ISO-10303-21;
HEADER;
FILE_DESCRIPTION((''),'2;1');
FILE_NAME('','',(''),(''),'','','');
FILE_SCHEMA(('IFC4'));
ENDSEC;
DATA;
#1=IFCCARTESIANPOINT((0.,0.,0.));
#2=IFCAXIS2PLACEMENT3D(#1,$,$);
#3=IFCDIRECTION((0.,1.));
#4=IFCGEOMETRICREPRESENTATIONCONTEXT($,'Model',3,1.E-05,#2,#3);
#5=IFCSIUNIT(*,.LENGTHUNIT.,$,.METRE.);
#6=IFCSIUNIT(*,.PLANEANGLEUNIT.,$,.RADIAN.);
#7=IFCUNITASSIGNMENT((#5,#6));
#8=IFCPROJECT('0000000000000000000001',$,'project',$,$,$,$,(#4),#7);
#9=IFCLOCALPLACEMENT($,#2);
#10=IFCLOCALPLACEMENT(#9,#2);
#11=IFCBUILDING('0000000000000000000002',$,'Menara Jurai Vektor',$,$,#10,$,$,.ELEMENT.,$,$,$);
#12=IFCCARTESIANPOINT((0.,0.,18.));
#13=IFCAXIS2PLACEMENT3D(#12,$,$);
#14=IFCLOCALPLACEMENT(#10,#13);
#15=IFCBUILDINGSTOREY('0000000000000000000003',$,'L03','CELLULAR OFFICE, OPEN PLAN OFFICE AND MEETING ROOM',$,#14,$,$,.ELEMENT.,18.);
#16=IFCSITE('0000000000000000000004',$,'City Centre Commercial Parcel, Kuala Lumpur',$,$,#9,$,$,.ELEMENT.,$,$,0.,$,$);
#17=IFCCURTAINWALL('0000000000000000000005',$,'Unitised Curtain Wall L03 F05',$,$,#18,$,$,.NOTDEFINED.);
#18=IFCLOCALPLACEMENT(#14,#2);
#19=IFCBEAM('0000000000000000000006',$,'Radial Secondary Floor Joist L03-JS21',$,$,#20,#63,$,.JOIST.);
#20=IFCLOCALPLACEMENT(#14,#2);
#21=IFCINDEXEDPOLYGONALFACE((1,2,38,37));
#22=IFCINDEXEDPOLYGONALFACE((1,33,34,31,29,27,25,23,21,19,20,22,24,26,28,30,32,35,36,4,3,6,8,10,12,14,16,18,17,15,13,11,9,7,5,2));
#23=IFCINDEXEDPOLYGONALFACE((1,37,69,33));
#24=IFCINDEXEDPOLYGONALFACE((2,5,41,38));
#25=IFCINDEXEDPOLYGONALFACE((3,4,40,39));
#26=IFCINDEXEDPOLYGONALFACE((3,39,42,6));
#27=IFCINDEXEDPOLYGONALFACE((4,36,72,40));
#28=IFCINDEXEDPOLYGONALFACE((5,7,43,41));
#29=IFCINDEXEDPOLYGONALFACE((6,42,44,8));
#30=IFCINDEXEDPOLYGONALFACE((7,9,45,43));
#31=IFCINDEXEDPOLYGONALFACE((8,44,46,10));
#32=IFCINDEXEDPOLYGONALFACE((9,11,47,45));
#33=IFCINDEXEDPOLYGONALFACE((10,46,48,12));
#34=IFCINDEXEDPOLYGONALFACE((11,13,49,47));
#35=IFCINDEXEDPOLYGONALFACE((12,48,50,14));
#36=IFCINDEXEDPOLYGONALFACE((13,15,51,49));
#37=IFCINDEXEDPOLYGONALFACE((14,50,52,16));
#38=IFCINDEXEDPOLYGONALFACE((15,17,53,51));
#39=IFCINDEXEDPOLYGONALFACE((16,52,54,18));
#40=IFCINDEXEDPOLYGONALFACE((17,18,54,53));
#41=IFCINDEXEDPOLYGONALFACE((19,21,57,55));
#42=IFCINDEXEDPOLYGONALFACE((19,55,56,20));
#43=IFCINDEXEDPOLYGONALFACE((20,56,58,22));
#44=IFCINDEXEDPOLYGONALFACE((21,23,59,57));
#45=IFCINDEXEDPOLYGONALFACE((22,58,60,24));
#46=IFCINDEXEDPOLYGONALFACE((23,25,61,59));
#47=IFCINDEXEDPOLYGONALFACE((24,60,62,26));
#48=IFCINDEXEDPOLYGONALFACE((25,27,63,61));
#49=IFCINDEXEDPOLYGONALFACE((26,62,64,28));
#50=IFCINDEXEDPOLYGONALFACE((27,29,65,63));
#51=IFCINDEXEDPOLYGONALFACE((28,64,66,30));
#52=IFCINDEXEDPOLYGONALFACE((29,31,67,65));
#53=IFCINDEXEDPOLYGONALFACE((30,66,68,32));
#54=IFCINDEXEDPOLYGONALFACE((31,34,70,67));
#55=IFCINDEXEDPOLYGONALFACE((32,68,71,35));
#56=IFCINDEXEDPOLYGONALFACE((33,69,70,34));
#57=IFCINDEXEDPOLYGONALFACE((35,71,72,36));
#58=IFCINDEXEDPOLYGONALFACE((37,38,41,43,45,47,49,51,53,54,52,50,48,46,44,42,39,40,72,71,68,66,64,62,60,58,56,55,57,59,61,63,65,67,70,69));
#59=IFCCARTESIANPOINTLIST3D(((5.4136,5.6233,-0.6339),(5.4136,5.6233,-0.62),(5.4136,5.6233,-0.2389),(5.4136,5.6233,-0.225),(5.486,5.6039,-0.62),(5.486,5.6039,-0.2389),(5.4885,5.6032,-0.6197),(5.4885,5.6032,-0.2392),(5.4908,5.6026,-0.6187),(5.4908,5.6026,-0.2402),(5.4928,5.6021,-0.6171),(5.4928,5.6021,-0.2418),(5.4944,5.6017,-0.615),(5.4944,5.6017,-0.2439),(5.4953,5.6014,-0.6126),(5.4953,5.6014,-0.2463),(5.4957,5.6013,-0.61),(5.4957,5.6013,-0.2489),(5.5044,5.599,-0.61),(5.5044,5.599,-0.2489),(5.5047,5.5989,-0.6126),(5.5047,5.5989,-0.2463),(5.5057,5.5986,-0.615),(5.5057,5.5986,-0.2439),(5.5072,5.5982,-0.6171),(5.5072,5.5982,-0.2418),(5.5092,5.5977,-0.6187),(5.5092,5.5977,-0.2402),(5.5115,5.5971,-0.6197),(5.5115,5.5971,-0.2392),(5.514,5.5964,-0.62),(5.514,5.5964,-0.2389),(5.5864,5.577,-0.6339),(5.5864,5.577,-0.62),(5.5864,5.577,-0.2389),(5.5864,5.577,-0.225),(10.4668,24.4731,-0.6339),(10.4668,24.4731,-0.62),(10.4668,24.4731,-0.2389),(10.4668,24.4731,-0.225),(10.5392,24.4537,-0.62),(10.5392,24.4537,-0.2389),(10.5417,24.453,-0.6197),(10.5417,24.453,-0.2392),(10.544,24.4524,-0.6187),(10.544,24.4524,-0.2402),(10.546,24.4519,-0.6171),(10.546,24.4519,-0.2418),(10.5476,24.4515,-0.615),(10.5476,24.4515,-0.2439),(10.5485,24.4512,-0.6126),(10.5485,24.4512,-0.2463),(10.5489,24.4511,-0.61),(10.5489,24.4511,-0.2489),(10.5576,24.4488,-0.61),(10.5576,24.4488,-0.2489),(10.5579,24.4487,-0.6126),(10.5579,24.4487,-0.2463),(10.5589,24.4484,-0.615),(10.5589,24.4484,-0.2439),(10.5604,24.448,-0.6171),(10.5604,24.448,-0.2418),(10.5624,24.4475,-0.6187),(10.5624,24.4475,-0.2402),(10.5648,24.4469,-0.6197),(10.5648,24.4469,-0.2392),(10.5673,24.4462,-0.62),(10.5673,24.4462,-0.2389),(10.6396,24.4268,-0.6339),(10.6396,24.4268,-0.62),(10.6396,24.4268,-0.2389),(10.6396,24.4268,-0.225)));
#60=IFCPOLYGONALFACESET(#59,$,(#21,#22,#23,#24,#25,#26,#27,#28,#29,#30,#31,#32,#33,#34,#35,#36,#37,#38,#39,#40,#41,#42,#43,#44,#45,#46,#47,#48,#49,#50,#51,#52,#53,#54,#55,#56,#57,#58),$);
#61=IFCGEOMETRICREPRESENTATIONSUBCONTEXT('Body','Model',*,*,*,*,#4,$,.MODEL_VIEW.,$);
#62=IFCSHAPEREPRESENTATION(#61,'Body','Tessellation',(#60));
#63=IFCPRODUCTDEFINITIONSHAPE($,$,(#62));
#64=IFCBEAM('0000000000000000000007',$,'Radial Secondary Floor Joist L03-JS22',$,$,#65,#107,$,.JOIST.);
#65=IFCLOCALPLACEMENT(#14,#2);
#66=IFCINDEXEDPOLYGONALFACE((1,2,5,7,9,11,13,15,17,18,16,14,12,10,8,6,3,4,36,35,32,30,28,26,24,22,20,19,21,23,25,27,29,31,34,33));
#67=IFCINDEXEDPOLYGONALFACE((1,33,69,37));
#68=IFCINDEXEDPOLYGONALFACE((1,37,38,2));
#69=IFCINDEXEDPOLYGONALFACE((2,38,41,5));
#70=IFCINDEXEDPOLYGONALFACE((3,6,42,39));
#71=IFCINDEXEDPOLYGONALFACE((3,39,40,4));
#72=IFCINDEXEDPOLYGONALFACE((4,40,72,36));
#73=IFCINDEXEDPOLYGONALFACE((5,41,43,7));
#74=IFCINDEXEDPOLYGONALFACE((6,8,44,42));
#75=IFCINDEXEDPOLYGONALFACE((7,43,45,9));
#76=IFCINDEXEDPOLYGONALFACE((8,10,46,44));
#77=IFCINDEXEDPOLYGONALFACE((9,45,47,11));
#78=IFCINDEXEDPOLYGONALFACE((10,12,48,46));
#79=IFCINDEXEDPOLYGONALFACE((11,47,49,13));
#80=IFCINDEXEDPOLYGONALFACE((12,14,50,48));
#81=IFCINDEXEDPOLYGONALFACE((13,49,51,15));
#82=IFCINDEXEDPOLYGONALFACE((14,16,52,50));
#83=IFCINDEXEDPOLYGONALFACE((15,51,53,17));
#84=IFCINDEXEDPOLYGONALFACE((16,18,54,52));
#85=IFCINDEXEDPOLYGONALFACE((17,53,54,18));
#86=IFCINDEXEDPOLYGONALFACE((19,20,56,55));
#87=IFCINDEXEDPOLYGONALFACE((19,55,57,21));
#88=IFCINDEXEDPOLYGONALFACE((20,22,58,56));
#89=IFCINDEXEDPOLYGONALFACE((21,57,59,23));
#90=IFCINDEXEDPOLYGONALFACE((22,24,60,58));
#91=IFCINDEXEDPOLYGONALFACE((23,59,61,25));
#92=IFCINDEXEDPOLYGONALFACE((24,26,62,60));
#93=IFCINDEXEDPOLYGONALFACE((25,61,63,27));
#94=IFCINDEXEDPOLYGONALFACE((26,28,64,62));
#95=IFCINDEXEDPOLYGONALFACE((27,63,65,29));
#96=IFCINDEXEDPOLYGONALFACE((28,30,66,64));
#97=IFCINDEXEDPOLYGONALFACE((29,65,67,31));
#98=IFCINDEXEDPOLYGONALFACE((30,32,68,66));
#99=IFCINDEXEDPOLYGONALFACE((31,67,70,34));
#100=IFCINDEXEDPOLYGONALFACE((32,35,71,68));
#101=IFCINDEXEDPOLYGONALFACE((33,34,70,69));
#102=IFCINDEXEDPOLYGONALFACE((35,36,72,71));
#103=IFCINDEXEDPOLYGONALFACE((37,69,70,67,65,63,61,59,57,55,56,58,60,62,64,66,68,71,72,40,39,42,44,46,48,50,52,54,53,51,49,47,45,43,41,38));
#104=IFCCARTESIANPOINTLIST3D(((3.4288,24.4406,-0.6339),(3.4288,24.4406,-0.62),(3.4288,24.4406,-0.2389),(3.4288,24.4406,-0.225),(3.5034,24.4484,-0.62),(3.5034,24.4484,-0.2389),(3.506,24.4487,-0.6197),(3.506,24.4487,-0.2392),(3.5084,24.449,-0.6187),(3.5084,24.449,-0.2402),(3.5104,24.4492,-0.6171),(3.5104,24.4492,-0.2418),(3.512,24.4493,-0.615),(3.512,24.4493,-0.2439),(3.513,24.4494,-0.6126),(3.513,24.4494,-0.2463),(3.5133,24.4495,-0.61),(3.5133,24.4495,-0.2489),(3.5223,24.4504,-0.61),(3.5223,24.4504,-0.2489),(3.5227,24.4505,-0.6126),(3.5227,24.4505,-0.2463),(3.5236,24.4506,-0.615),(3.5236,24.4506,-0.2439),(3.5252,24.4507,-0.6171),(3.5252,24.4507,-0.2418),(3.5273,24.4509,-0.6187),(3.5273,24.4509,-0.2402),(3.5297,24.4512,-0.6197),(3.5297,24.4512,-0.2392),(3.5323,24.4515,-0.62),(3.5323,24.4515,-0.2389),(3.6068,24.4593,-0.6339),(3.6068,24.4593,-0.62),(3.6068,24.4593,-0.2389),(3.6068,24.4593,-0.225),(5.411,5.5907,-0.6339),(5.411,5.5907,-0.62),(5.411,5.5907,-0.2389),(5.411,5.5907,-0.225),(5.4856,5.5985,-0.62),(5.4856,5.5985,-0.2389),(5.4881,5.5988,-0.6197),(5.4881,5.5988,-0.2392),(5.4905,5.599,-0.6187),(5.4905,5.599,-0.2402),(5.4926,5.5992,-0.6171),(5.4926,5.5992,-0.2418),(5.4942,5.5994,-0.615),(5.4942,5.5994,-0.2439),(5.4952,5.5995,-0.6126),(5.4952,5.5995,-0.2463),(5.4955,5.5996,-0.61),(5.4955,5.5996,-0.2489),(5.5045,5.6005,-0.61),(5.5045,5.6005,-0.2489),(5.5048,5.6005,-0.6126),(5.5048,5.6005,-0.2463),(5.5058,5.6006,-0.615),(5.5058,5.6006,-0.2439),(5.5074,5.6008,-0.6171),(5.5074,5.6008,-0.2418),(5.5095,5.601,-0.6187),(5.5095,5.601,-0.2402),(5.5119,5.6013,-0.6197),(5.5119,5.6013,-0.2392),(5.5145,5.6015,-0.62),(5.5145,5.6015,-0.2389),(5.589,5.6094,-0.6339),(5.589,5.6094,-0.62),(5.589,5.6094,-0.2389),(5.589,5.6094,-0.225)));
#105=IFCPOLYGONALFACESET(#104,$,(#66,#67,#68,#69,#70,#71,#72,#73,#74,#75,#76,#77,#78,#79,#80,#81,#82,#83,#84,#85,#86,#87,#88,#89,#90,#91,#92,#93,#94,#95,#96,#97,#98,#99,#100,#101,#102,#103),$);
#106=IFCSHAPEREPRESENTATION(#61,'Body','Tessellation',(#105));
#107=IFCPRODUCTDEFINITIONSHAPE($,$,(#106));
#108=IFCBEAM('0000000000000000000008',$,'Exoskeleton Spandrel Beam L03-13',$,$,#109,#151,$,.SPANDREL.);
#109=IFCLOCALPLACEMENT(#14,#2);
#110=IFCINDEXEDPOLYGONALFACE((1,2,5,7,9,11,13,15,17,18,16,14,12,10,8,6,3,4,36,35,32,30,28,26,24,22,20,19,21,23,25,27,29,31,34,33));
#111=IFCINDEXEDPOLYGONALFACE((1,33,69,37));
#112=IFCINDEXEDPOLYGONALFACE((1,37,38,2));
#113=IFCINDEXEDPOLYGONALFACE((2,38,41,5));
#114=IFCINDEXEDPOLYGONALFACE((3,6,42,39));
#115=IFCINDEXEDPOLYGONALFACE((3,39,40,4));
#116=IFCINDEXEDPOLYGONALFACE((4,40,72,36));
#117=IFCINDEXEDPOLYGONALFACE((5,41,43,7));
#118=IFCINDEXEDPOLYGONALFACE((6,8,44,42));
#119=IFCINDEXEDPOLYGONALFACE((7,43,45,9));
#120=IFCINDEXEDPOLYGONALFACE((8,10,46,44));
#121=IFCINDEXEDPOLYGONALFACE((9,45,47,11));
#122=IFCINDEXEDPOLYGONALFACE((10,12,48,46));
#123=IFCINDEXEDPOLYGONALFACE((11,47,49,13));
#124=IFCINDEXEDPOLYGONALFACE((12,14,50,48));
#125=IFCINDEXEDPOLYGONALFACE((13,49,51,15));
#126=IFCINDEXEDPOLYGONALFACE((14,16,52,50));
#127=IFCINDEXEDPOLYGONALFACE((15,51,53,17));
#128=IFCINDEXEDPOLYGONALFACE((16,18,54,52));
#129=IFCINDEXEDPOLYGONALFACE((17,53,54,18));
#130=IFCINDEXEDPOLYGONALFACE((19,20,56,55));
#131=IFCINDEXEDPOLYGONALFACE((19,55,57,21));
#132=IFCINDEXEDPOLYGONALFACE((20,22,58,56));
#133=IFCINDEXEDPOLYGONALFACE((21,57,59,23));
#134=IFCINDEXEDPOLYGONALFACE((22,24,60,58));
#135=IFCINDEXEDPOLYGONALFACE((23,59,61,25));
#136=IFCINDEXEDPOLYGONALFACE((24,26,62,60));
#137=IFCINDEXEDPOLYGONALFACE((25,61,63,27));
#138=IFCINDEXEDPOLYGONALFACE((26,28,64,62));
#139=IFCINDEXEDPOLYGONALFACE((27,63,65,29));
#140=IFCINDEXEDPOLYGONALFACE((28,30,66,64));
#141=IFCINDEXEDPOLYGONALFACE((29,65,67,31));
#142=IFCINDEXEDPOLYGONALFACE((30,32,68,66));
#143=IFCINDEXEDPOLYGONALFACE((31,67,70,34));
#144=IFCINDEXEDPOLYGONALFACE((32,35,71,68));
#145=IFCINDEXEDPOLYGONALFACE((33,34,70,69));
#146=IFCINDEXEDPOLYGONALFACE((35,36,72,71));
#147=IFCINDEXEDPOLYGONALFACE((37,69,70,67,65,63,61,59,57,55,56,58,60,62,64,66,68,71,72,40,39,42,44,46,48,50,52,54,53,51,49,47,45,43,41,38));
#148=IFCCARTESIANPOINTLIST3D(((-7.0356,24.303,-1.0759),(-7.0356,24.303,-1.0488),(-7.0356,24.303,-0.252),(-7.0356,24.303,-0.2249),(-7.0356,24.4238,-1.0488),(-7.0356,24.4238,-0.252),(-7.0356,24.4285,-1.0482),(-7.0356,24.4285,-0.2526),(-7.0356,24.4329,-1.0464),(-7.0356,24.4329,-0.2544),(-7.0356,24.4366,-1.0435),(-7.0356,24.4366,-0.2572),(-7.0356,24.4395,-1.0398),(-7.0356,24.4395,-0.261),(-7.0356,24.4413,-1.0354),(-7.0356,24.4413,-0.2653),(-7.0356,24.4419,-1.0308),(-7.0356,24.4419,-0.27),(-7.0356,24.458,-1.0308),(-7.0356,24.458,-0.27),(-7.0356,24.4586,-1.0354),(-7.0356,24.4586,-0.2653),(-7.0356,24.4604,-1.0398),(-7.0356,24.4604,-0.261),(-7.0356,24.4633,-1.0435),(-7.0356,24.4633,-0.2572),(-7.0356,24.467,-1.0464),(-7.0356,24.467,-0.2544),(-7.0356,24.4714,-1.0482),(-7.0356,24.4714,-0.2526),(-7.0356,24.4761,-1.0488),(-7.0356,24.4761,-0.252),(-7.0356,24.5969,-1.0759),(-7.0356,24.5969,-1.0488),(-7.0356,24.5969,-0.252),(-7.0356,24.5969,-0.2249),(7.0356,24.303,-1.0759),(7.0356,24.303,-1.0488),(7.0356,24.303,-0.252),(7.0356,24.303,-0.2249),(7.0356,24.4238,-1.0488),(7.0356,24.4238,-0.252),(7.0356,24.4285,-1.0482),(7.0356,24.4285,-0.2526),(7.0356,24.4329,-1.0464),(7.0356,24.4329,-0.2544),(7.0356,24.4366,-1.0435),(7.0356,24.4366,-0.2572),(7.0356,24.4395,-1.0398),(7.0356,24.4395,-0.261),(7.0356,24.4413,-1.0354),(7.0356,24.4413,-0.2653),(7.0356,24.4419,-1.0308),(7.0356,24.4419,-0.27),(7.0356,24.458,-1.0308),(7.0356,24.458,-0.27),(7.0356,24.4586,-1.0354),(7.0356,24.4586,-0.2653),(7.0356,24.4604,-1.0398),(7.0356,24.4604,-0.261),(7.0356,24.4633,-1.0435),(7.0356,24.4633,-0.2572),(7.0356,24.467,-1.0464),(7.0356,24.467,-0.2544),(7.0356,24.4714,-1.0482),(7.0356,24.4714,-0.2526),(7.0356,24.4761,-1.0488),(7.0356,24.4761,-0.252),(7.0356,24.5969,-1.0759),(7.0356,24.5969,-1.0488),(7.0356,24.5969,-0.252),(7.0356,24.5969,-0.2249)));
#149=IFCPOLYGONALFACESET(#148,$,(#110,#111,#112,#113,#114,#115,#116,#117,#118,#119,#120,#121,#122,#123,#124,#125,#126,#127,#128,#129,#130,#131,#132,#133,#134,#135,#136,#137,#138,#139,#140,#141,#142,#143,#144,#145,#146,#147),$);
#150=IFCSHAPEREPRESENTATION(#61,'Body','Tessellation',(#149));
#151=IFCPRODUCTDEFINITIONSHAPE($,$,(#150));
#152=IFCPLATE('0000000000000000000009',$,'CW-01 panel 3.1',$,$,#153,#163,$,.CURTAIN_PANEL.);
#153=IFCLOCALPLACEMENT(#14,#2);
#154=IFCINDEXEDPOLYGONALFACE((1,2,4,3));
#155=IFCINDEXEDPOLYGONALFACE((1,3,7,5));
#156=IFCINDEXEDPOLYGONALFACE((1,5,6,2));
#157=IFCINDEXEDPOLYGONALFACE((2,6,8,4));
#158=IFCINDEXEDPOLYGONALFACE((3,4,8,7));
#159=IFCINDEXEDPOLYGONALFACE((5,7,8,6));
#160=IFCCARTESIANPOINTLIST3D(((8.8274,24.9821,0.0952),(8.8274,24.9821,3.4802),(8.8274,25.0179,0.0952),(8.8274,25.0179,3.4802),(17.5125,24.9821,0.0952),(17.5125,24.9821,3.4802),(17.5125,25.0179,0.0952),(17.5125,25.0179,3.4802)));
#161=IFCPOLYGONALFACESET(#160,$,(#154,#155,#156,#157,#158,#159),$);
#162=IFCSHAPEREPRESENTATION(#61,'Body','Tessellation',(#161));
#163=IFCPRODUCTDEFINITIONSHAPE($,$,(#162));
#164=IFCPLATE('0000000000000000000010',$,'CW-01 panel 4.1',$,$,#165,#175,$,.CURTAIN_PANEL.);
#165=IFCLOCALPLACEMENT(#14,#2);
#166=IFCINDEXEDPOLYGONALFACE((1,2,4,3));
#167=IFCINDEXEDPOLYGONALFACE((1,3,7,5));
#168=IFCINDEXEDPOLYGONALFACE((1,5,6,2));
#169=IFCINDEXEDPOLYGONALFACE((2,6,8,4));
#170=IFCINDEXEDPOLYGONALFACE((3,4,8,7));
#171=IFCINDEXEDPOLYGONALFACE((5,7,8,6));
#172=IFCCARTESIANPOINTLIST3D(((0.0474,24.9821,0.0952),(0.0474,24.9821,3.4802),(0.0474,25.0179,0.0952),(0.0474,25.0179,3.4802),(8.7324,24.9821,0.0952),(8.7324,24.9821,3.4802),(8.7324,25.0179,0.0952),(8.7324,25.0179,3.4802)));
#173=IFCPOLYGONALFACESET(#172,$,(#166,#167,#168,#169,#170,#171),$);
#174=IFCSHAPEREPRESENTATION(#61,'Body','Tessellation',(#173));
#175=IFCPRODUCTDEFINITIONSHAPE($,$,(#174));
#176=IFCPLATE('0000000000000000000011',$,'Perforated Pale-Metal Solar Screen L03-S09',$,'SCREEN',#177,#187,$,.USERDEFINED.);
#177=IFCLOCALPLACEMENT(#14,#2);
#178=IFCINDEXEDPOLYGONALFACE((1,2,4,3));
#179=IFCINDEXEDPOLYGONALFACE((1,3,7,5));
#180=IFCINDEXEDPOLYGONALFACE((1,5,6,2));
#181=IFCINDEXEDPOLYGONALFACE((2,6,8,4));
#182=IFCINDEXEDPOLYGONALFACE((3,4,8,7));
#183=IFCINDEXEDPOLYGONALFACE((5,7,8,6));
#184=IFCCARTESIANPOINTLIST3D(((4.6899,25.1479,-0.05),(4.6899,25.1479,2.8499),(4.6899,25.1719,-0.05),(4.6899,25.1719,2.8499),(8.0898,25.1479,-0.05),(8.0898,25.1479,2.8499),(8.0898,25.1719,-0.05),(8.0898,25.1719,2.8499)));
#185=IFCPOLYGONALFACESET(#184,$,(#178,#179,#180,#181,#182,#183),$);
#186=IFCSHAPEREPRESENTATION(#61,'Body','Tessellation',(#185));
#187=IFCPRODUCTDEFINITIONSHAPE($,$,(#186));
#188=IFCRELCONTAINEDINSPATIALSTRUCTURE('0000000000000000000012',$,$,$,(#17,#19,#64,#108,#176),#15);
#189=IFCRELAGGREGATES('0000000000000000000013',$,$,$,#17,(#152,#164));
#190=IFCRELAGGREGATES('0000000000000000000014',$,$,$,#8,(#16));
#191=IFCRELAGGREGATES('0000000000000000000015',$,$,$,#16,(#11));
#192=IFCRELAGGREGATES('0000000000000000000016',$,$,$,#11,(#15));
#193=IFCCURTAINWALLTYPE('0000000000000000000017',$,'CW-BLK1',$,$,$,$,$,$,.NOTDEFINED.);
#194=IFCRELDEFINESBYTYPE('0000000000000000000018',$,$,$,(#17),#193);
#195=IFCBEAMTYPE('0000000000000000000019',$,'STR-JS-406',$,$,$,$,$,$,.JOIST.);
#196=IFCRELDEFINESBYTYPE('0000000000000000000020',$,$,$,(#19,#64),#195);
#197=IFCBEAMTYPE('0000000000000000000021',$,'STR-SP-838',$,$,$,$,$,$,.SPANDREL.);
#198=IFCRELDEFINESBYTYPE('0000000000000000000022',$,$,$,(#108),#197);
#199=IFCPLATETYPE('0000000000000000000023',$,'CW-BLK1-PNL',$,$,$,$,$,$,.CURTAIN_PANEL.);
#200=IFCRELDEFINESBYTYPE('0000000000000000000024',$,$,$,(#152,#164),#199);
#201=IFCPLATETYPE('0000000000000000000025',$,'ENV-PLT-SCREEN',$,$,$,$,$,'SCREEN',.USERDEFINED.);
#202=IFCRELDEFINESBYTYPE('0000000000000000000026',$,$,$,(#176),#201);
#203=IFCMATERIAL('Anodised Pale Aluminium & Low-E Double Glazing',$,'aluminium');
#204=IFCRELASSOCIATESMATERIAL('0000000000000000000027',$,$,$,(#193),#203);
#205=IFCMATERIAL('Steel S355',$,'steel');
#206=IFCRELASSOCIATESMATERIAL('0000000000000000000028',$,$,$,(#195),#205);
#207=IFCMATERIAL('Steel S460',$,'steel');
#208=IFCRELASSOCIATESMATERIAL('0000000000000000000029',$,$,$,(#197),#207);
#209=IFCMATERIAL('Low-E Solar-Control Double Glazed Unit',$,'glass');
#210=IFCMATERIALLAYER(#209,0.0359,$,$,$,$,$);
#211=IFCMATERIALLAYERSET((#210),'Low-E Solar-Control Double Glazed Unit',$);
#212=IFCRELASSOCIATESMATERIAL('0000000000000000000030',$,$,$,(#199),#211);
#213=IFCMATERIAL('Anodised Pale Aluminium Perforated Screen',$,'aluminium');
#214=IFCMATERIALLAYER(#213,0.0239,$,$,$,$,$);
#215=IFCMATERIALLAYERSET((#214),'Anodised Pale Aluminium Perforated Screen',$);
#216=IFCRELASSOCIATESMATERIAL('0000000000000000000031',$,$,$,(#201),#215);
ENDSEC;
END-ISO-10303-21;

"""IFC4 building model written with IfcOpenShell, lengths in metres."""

from ifc_helpers import new_model, si_unit, direction, frame, origin, origin_2d, place, context, subcontext, project, spatial, rectangle, i_section, extrude, material, layer, layer_set, material_profile, profile_set, type_object, element, aggregate, save


model = new_model("IFC4")

# Units and contexts
model_context = context("Model", 3, precision=1e-05, world=origin(), true_north=direction((0.0, 1.0)))
body_context = subcontext(model_context, "Body", "Model", "MODEL_VIEW")
ifc_project = project(units=[si_unit("LENGTHUNIT", "METRE"), si_unit("PLANEANGLEUNIT", "RADIAN")], contexts=[model_context])

# Site, building, storey
site_placement = place(None, origin())
site = spatial("IfcSite", under=ifc_project, at=site_placement, Name="City Centre Commercial Parcel, Kuala Lumpur", CompositionType="ELEMENT", RefElevation=0.0)
building_placement = place(site_placement, origin())
building = spatial("IfcBuilding", under=site, at=building_placement, Name="Menara Jurai Vektor", CompositionType="ELEMENT")
storey_placement = place(building_placement, frame((0.0, 0.0, 18.0)))
storey = spatial("IfcBuildingStorey", under=building, at=storey_placement, Name="L03", Description="CELLULAR OFFICE, OPEN PLAN OFFICE AND MEETING ROOM", CompositionType="ELEMENT", Elevation=18.0)

# Shared definitions
ifc_material_1 = material(Name="Steel S460", Category="steel")

# Curtain wall
ifc_material_2 = material(Name="Anodised Pale Aluminium & Low-E Double Glazing", Category="aluminium")
curtain_wall_type = type_object("IfcCurtainWallType", Name="CW-BLK1", PredefinedType="NOTDEFINED", material=ifc_material_2)
curtain_wall_placement = place(storey_placement, origin())
curtain_wall = element("IfcCurtainWall", 1, at=curtain_wall_placement, inside=storey, type_object=curtain_wall_type, Name="Unitised Curtain Wall L03 F05", PredefinedType="NOTDEFINED")

# Beams
ifc_material_3 = material(Name="Steel S355", Category="steel")
ifc_material_profile_1 = material_profile(ifc_material_3, i_section(OverallWidth=0.179, OverallDepth=0.4089, WebThickness=0.009, FlangeThickness=0.0139, FilletRadius=0.01, at=origin_2d()), Name="UKB 406x178x67")
ifc_profile_set_1 = profile_set([ifc_material_profile_1], Name="Steel S355")
beam_type_1 = type_object("IfcBeamType", Name="STR-JS-406", PredefinedType="JOIST", material=ifc_profile_set_1)
beam_1_placement = place(storey_placement, frame((10.5532, 24.45, -0.4294), z_axis=(-0.258935, -0.965895, 0.0), x_axis=(0.965895, -0.258935, 0.0)))
element("IfcBeam", 2, at=beam_1_placement, inside=storey, type_object=beam_type_1, Name="Radial Secondary Floor Joist L03-JS21", PredefinedType="JOIST", context=body_context, shape_type="SweptSolid", body=[
    extrude(i_section(OverallWidth=0.179, OverallDepth=0.4089, WebThickness=0.009, FlangeThickness=0.0139, FilletRadius=0.01, at=origin_2d()), origin(), (0.0, 0.0, 1.0), 19.5154),
])
beam_2_placement = place(storey_placement, frame((3.5178, 24.45, -0.4294), z_axis=(0.10458, -0.994517, 0.0), x_axis=(0.994517, 0.10458, 0.0)))
element("IfcBeam", 3, at=beam_2_placement, inside=storey, type_object=beam_type_1, Name="Radial Secondary Floor Joist L03-JS22", PredefinedType="JOIST", context=body_context, shape_type="SweptSolid", body=[
    extrude(i_section(OverallWidth=0.179, OverallDepth=0.4089, WebThickness=0.009, FlangeThickness=0.0139, FilletRadius=0.01, at=origin_2d()), origin(), (0.0, 0.0, 1.0), 18.9539),
])
ifc_material_profile_2 = material_profile(ifc_material_1, i_section(OverallWidth=0.2939, OverallDepth=0.8511, WebThickness=0.0161, FlangeThickness=0.0271, FilletRadius=0.0181, at=origin_2d()), Name="UKB 838x292x226")
ifc_profile_set_2 = profile_set([ifc_material_profile_2], Name="Steel S460")
beam_type_2 = type_object("IfcBeamType", Name="STR-SP-838", PredefinedType="SPANDREL", material=ifc_profile_set_2)
beam_3_placement = place(storey_placement, frame((7.0356, 24.45, -0.6504), z_axis=(-1.0, 0.0, 0.0), x_axis=(0.0, -1.0, 0.0)))
element("IfcBeam", 4, at=beam_3_placement, inside=storey, type_object=beam_type_2, Name="Exoskeleton Spandrel Beam L03-13", PredefinedType="SPANDREL", context=body_context, shape_type="SweptSolid", body=[
    extrude(i_section(OverallWidth=0.2939, OverallDepth=0.8511, WebThickness=0.0161, FlangeThickness=0.0271, FilletRadius=0.0181, at=origin_2d()), origin(), (0.0, 0.0, 1.0), 14.0713),
])

# Plates
ifc_material_4 = material(Name="Low-E Solar-Control Double Glazed Unit", Category="glass")
ifc_layer_1 = layer(ifc_material_4, 0.0359)
ifc_layer_set_1 = layer_set([ifc_layer_1], Name="Low-E Solar-Control Double Glazed Unit")
plate_type_1 = type_object("IfcPlateType", Name="CW-BLK1-PNL", PredefinedType="CURTAIN_PANEL", material=ifc_layer_set_1)
plate_1_placement = place(storey_placement, frame((13.1699, 25.0, 0.0952), z_axis=(0.0, 0.0, 1.0), x_axis=(-1.0, 0.0, 0.0)))
plate_1 = element("IfcPlate", 5, at=plate_1_placement, type_object=plate_type_1, Name="CW-01 panel 3.1", PredefinedType="CURTAIN_PANEL", context=body_context, shape_type="SweptSolid", body=[
    extrude(rectangle(XDim=8.6851, YDim=0.0359, at=origin_2d()), origin(), (0.0, 0.0, 1.0), 3.385),
])
plate_2_placement = place(storey_placement, frame((4.3899, 25.0, 0.0952), z_axis=(0.0, 0.0, 1.0), x_axis=(-1.0, 0.0, 0.0)))
plate_2 = element("IfcPlate", 6, at=plate_2_placement, type_object=plate_type_1, Name="CW-01 panel 4.1", PredefinedType="CURTAIN_PANEL", context=body_context, shape_type="SweptSolid", body=[
    extrude(rectangle(XDim=8.6851, YDim=0.0359, at=origin_2d()), origin(), (0.0, 0.0, 1.0), 3.385),
])
aggregate(curtain_wall, [plate_1, plate_2])
ifc_material_5 = material(Name="Anodised Pale Aluminium Perforated Screen", Category="aluminium")
ifc_layer_2 = layer(ifc_material_5, 0.0239)
ifc_layer_set_2 = layer_set([ifc_layer_2], Name="Anodised Pale Aluminium Perforated Screen")
plate_type_2 = type_object("IfcPlateType", Name="ENV-PLT-SCREEN", ElementType="SCREEN", PredefinedType="USERDEFINED", material=ifc_layer_set_2)
plate_3_placement = place(storey_placement, frame((6.3899, 25.1599, -0.05), z_axis=(0.0, 0.0, 1.0), x_axis=(-1.0, 0.0, 0.0)))
element("IfcPlate", 7, at=plate_3_placement, inside=storey, type_object=plate_type_2, Name="Perforated Pale-Metal Solar Screen L03-S09", ObjectType="SCREEN", PredefinedType="USERDEFINED", context=body_context, shape_type="SweptSolid", body=[
    extrude(rectangle(XDim=3.3999, YDim=0.0239, at=origin_2d()), origin(), (0.0, 0.0, 1.0), 2.8999),
])

save(model, "model.ifc")
